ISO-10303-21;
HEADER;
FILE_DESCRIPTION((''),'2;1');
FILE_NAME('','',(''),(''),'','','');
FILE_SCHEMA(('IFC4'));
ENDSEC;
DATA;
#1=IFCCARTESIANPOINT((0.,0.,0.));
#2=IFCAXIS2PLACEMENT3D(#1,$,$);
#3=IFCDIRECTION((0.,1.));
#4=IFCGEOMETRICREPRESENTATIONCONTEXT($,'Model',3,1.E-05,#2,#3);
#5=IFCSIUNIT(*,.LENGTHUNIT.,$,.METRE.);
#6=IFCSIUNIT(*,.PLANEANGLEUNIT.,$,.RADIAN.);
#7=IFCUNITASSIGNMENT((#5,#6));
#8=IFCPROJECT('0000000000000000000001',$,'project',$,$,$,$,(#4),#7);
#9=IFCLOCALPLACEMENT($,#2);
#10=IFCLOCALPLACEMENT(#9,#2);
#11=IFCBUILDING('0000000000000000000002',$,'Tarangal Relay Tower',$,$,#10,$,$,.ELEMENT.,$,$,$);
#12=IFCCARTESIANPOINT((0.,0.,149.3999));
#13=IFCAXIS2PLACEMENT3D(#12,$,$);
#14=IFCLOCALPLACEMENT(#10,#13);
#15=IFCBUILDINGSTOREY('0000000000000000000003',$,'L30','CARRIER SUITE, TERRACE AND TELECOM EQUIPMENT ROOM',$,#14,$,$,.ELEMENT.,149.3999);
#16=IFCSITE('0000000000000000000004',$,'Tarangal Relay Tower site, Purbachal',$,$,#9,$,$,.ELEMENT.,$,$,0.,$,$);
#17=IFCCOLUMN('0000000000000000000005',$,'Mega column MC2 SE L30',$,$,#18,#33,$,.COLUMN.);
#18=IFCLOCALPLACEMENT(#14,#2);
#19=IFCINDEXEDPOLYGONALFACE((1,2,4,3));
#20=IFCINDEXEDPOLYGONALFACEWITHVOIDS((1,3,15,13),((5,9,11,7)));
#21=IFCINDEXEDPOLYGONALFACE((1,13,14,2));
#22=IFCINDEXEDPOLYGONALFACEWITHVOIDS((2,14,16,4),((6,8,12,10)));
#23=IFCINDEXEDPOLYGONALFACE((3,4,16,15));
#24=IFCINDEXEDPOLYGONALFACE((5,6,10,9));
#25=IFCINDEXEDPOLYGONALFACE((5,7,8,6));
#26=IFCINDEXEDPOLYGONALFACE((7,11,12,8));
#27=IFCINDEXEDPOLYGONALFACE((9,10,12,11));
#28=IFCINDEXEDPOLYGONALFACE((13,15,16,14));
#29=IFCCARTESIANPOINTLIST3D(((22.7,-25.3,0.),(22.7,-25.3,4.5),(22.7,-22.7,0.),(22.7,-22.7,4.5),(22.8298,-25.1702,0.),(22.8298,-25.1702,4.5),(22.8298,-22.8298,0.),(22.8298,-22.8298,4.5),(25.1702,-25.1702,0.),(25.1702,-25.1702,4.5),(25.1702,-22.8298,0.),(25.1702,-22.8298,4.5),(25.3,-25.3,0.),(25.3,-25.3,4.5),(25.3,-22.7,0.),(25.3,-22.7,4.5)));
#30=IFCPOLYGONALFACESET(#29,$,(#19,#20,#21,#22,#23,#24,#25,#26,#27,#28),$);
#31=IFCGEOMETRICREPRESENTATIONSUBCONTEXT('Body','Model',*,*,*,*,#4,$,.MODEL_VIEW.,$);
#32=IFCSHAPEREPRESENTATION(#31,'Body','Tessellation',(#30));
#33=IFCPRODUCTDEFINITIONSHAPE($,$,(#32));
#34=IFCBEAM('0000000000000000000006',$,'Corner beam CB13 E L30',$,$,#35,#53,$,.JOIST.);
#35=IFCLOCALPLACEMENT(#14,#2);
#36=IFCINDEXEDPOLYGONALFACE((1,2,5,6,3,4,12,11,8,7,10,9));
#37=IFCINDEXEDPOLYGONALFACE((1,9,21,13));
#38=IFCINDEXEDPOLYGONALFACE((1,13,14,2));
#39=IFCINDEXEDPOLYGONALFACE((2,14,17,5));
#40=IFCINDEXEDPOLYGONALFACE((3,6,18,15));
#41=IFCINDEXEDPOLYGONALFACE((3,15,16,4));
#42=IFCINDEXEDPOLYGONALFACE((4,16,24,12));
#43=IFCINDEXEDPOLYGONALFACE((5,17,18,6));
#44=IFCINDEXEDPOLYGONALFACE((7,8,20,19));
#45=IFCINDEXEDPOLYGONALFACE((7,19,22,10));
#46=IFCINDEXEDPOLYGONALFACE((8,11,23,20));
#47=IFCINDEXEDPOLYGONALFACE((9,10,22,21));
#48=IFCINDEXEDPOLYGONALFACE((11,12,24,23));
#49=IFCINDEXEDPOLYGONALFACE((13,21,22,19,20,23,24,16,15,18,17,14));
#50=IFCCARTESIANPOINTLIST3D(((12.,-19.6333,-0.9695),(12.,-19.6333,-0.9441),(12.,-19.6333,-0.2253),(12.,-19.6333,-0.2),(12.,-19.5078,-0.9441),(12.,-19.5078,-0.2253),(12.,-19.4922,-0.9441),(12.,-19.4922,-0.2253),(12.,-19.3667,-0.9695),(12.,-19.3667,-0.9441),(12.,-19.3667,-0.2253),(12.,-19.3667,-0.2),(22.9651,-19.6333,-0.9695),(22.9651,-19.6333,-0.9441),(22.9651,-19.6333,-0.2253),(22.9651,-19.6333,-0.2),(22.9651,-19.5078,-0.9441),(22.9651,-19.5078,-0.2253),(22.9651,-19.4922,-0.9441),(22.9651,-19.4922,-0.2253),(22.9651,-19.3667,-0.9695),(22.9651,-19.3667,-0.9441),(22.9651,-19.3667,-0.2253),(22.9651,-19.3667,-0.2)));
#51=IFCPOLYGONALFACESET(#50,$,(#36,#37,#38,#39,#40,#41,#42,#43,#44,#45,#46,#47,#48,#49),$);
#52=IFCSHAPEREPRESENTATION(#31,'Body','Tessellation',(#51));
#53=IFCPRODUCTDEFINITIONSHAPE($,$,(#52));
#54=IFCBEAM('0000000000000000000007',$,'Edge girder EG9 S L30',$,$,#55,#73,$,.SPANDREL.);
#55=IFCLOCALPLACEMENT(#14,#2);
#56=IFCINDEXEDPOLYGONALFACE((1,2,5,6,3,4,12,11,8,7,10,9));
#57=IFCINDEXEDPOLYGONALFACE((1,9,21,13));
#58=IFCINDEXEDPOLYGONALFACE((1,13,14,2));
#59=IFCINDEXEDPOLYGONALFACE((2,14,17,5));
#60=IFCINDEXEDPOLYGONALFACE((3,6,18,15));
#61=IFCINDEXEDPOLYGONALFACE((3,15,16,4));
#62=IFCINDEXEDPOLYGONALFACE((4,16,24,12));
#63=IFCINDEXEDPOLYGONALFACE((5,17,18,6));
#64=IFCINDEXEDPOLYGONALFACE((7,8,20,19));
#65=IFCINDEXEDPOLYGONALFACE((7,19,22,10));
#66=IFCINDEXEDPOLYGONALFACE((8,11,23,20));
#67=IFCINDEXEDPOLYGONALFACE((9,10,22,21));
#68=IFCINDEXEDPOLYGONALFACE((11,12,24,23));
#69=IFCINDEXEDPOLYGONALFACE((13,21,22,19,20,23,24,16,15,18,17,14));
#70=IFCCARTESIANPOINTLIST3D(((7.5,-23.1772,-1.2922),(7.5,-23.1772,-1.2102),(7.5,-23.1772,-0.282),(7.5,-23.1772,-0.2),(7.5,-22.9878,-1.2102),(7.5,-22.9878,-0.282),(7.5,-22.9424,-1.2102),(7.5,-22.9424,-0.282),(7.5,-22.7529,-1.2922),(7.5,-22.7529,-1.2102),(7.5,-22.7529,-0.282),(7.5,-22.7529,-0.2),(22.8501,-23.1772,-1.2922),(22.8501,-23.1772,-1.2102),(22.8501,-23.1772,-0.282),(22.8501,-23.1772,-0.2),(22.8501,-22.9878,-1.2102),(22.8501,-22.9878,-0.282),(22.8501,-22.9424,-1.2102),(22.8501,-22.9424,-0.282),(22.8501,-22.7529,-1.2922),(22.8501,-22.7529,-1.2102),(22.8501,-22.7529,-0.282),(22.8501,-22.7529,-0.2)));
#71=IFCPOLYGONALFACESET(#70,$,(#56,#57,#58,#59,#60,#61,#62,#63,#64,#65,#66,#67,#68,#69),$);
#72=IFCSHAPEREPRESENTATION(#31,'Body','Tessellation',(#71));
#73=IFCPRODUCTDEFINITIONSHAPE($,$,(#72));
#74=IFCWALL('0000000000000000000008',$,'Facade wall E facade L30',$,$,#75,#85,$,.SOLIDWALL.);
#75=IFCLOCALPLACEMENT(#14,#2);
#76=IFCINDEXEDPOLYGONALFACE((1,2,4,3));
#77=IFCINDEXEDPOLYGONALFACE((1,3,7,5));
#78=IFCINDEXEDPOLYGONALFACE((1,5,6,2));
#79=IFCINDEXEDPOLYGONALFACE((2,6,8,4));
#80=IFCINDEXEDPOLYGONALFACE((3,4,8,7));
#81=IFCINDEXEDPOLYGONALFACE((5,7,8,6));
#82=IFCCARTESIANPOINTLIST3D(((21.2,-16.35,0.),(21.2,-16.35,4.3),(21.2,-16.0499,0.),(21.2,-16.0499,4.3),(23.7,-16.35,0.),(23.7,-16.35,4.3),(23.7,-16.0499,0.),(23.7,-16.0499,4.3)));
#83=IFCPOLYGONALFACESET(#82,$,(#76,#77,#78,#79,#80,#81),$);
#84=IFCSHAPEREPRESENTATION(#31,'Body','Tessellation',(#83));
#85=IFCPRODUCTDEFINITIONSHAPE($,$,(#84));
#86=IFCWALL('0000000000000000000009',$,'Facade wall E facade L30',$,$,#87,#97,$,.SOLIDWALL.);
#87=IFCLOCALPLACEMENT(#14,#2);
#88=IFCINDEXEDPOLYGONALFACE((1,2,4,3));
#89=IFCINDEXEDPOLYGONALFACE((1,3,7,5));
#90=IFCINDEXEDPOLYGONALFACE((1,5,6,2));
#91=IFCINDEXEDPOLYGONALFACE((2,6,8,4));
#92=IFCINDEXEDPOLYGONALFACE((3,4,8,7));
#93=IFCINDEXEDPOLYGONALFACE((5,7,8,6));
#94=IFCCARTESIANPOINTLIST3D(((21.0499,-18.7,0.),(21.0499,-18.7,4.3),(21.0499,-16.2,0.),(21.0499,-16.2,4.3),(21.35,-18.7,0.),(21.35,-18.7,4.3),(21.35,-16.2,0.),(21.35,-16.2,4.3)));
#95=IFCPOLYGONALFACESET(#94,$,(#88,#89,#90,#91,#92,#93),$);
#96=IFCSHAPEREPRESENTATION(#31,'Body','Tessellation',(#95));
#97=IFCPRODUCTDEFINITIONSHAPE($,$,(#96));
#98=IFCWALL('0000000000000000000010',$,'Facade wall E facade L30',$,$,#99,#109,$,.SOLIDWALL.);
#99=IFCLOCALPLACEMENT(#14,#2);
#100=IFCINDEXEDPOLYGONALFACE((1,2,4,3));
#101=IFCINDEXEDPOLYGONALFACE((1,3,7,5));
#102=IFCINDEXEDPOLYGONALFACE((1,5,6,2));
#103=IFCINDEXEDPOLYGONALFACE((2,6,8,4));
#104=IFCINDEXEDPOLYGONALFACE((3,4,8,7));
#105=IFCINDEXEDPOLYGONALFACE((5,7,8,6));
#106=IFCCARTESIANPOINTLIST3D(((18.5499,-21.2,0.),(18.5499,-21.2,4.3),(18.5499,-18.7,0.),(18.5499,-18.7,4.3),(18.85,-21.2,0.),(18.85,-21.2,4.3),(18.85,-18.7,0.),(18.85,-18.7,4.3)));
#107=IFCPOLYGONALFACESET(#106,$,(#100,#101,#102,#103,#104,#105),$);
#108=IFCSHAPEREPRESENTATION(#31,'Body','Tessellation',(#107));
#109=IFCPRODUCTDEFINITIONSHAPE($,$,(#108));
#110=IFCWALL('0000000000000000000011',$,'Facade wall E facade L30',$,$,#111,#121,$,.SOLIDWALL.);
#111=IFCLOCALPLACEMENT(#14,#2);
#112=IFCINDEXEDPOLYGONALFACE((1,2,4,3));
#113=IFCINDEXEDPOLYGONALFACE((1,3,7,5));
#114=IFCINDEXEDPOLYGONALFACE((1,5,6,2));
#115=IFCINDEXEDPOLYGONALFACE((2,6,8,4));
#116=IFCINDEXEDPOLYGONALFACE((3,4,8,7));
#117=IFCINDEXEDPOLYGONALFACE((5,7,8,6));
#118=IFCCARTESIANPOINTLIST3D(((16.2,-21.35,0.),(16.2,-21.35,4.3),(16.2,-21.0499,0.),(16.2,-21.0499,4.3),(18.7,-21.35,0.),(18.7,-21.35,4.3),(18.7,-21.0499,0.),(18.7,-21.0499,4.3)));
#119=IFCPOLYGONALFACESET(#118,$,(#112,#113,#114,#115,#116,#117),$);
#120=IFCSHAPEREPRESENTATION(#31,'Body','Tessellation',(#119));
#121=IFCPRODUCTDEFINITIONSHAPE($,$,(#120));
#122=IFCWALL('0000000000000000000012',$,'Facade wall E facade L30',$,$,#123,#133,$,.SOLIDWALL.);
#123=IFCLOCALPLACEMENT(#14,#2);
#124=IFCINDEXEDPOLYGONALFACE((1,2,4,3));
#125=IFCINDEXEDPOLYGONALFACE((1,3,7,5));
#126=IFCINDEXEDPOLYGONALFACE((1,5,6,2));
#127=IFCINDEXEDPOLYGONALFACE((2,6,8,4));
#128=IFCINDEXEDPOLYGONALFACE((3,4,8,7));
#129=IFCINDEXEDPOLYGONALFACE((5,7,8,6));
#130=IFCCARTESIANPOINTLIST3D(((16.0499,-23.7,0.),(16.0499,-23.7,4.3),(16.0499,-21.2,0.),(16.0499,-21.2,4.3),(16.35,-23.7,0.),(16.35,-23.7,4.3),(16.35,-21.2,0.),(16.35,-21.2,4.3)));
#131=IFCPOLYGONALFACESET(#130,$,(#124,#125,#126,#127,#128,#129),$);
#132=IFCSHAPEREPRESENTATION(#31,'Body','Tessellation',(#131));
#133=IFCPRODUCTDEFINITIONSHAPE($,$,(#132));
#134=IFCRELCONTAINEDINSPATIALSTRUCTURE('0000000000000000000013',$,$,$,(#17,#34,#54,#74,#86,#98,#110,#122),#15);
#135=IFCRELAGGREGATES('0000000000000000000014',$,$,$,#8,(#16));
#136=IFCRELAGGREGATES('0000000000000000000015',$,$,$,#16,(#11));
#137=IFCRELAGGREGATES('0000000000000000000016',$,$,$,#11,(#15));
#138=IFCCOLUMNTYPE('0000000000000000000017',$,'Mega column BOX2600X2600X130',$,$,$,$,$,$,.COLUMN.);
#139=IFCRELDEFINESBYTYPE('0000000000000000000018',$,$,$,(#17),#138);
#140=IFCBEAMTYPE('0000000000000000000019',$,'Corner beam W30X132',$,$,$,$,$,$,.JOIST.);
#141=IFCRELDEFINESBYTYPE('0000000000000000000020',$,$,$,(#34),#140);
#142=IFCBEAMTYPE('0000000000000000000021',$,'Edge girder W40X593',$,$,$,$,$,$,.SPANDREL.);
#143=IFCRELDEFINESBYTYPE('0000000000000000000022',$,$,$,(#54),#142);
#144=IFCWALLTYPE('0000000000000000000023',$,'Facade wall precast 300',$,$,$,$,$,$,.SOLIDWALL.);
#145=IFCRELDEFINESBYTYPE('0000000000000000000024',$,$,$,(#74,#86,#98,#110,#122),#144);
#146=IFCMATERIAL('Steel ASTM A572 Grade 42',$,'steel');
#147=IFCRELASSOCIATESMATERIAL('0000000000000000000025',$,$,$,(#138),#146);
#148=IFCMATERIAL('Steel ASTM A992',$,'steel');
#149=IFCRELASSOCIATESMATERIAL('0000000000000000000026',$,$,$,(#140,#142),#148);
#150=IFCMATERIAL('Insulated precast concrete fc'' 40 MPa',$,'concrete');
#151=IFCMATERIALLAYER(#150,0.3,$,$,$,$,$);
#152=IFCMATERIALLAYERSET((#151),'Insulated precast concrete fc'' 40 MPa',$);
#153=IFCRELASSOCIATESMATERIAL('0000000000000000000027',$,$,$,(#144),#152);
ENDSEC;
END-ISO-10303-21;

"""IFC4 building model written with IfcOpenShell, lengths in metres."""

from ifc_helpers import new_model, si_unit, direction, frame, frame_2d, origin, origin_2d, place, context, subcontext, project, spatial, rectangle, hollow_rectangle, i_section, extrude, material, layer, layer_set, material_profile, profile_set, type_object, element, save


model = new_model("IFC4")

# Units and contexts
model_context = context("Model", 3, precision=1e-05, world=origin(), true_north=direction((0.0, 1.0)))
body_context = subcontext(model_context, "Body", "Model", "MODEL_VIEW")
ifc_project = project(units=[si_unit("LENGTHUNIT", "METRE"), si_unit("PLANEANGLEUNIT", "RADIAN")], contexts=[model_context])

# Site, building, storey
site_placement = place(None, origin())
site = spatial("IfcSite", under=ifc_project, at=site_placement, Name="Tarangal Relay Tower site, Purbachal", CompositionType="ELEMENT", RefElevation=0.0)
building_placement = place(site_placement, origin())
building = spatial("IfcBuilding", under=site, at=building_placement, Name="Tarangal Relay Tower", CompositionType="ELEMENT")
storey_placement = place(building_placement, frame((0.0, 0.0, 149.3999)))
storey = spatial("IfcBuildingStorey", under=building, at=storey_placement, Name="L30", Description="CARRIER SUITE, TERRACE AND TELECOM EQUIPMENT ROOM", CompositionType="ELEMENT", Elevation=149.3999)

# Column
ifc_material_1 = material(Name="Steel ASTM A572 Grade 42", Category="steel")
ifc_material_profile_1 = material_profile(ifc_material_1, hollow_rectangle(XDim=2.6001, YDim=2.6001, WallThickness=0.1299, at=origin_2d()), Name="BOX2600X2600X130")
ifc_profile_set_1 = profile_set([ifc_material_profile_1], Name="Steel ASTM A572 Grade 42")
column_type = type_object("IfcColumnType", Name="Mega column BOX2600X2600X130", PredefinedType="COLUMN", material=ifc_profile_set_1)
column_placement = place(storey_placement, frame((24.0, -24.0, 0.0), z_axis=(0.0, 0.0, 1.0), x_axis=(1.0, 0.0, 0.0)))
element("IfcColumn", 1, at=column_placement, inside=storey, type_object=column_type, Name="Mega column MC2 SE L30", PredefinedType="COLUMN", context=body_context, shape_type="SweptSolid", body=[
    extrude(hollow_rectangle(XDim=2.6001, YDim=2.6001, WallThickness=0.1299, at=origin_2d()), origin(), (0.0, 0.0, 1.0), 4.5),
])

# Beams
ifc_material_2 = material(Name="Steel ASTM A992", Category="steel")
ifc_material_profile_2 = material_profile(ifc_material_2, i_section(OverallWidth=0.2666, OverallDepth=0.7695, WebThickness=0.0156, FlangeThickness=0.0254, at=origin_2d()), Name="W30X132")
ifc_profile_set_2 = profile_set([ifc_material_profile_2], Name="Steel ASTM A992")
beam_type_1 = type_object("IfcBeamType", Name="Corner beam W30X132", PredefinedType="JOIST", material=ifc_profile_set_2)
beam_1_placement = place(storey_placement, frame((12.0, -19.5, -0.5847), z_axis=(1.0, 0.0, 0.0), x_axis=(0.0, 1.0, 0.0)))
element("IfcBeam", 2, at=beam_1_placement, inside=storey, type_object=beam_type_1, Name="Corner beam CB13 E L30", PredefinedType="JOIST", context=body_context, shape_type="SweptSolid", body=[
    extrude(i_section(OverallWidth=0.2666, OverallDepth=0.7695, WebThickness=0.0156, FlangeThickness=0.0254, at=origin_2d()), origin(), (0.0, 0.0, 1.0), 10.9651),
])
ifc_material_profile_3 = material_profile(ifc_material_2, i_section(OverallWidth=0.4243, OverallDepth=1.0923, WebThickness=0.0454, FlangeThickness=0.082, at=origin_2d()), Name="W40X593")
ifc_profile_set_3 = profile_set([ifc_material_profile_3], Name="Steel ASTM A992")
beam_type_2 = type_object("IfcBeamType", Name="Edge girder W40X593", PredefinedType="SPANDREL", material=ifc_profile_set_3)
beam_2_placement = place(storey_placement, frame((22.8501, -22.9651, -0.7461), z_axis=(-1.0, 0.0, 0.0), x_axis=(0.0, -1.0, 0.0)))
element("IfcBeam", 3, at=beam_2_placement, inside=storey, type_object=beam_type_2, Name="Edge girder EG9 S L30", PredefinedType="SPANDREL", context=body_context, shape_type="SweptSolid", body=[
    extrude(i_section(OverallWidth=0.4243, OverallDepth=1.0923, WebThickness=0.0454, FlangeThickness=0.082, at=origin_2d()), origin(), (0.0, 0.0, 1.0), 15.3501),
])

# Walls
ifc_material_3 = material(Name="Insulated precast concrete fc' 40 MPa", Category="concrete")
ifc_layer_1 = layer(ifc_material_3, 0.3)
ifc_layer_set_1 = layer_set([ifc_layer_1], Name="Insulated precast concrete fc' 40 MPa")
wall_type_1 = type_object("IfcWallType", Name="Facade wall precast 300", PredefinedType="SOLIDWALL", material=ifc_layer_set_1)
for number, where, z_axis, x_axis, name in (
    (4, (23.7, -16.2, 0.0), (0.0, 0.0, 1.0), (-1.0, 0.0, 0.0), "Facade wall E facade L30"),
    (5, (21.2, -16.2, 0.0), (0.0, 0.0, 1.0), (0.0, -1.0, 0.0), "Facade wall E facade L30"),
):
    element("IfcWall", number, at=place(storey_placement, frame(where, z_axis=z_axis, x_axis=x_axis)), inside=storey, type_object=wall_type_1, Name=name, PredefinedType="SOLIDWALL", context=body_context, shape_type="SweptSolid", body=[
        extrude(rectangle(XDim=2.5, YDim=0.3, at=frame_2d((1.25, 0.0))), origin(), (0.0, 0.0, 1.0), 4.3),
    ])

# Walls
for number, where, z_axis, x_axis, name in (
    (6, (18.7, -18.7, 0.0), (0.0, 0.0, 1.0), (0.0, -1.0, 0.0), "Facade wall E facade L30"),
    (7, (18.7, -21.2, 0.0), (0.0, 0.0, 1.0), (-1.0, 0.0, 0.0), "Facade wall E facade L30"),
    (8, (16.2, -21.2, 0.0), (0.0, 0.0, 1.0), (0.0, -1.0, 0.0), "Facade wall E facade L30"),
):
    element("IfcWall", number, at=place(storey_placement, frame(where, z_axis=z_axis, x_axis=x_axis)), inside=storey, type_object=wall_type_1, Name=name, PredefinedType="SOLIDWALL", context=body_context, shape_type="SweptSolid", body=[
        extrude(rectangle(XDim=2.5, YDim=0.3, at=frame_2d((1.25, 0.0))), origin(), (0.0, 0.0, 1.0), 4.3),
    ])

save(model, "model.ifc")
